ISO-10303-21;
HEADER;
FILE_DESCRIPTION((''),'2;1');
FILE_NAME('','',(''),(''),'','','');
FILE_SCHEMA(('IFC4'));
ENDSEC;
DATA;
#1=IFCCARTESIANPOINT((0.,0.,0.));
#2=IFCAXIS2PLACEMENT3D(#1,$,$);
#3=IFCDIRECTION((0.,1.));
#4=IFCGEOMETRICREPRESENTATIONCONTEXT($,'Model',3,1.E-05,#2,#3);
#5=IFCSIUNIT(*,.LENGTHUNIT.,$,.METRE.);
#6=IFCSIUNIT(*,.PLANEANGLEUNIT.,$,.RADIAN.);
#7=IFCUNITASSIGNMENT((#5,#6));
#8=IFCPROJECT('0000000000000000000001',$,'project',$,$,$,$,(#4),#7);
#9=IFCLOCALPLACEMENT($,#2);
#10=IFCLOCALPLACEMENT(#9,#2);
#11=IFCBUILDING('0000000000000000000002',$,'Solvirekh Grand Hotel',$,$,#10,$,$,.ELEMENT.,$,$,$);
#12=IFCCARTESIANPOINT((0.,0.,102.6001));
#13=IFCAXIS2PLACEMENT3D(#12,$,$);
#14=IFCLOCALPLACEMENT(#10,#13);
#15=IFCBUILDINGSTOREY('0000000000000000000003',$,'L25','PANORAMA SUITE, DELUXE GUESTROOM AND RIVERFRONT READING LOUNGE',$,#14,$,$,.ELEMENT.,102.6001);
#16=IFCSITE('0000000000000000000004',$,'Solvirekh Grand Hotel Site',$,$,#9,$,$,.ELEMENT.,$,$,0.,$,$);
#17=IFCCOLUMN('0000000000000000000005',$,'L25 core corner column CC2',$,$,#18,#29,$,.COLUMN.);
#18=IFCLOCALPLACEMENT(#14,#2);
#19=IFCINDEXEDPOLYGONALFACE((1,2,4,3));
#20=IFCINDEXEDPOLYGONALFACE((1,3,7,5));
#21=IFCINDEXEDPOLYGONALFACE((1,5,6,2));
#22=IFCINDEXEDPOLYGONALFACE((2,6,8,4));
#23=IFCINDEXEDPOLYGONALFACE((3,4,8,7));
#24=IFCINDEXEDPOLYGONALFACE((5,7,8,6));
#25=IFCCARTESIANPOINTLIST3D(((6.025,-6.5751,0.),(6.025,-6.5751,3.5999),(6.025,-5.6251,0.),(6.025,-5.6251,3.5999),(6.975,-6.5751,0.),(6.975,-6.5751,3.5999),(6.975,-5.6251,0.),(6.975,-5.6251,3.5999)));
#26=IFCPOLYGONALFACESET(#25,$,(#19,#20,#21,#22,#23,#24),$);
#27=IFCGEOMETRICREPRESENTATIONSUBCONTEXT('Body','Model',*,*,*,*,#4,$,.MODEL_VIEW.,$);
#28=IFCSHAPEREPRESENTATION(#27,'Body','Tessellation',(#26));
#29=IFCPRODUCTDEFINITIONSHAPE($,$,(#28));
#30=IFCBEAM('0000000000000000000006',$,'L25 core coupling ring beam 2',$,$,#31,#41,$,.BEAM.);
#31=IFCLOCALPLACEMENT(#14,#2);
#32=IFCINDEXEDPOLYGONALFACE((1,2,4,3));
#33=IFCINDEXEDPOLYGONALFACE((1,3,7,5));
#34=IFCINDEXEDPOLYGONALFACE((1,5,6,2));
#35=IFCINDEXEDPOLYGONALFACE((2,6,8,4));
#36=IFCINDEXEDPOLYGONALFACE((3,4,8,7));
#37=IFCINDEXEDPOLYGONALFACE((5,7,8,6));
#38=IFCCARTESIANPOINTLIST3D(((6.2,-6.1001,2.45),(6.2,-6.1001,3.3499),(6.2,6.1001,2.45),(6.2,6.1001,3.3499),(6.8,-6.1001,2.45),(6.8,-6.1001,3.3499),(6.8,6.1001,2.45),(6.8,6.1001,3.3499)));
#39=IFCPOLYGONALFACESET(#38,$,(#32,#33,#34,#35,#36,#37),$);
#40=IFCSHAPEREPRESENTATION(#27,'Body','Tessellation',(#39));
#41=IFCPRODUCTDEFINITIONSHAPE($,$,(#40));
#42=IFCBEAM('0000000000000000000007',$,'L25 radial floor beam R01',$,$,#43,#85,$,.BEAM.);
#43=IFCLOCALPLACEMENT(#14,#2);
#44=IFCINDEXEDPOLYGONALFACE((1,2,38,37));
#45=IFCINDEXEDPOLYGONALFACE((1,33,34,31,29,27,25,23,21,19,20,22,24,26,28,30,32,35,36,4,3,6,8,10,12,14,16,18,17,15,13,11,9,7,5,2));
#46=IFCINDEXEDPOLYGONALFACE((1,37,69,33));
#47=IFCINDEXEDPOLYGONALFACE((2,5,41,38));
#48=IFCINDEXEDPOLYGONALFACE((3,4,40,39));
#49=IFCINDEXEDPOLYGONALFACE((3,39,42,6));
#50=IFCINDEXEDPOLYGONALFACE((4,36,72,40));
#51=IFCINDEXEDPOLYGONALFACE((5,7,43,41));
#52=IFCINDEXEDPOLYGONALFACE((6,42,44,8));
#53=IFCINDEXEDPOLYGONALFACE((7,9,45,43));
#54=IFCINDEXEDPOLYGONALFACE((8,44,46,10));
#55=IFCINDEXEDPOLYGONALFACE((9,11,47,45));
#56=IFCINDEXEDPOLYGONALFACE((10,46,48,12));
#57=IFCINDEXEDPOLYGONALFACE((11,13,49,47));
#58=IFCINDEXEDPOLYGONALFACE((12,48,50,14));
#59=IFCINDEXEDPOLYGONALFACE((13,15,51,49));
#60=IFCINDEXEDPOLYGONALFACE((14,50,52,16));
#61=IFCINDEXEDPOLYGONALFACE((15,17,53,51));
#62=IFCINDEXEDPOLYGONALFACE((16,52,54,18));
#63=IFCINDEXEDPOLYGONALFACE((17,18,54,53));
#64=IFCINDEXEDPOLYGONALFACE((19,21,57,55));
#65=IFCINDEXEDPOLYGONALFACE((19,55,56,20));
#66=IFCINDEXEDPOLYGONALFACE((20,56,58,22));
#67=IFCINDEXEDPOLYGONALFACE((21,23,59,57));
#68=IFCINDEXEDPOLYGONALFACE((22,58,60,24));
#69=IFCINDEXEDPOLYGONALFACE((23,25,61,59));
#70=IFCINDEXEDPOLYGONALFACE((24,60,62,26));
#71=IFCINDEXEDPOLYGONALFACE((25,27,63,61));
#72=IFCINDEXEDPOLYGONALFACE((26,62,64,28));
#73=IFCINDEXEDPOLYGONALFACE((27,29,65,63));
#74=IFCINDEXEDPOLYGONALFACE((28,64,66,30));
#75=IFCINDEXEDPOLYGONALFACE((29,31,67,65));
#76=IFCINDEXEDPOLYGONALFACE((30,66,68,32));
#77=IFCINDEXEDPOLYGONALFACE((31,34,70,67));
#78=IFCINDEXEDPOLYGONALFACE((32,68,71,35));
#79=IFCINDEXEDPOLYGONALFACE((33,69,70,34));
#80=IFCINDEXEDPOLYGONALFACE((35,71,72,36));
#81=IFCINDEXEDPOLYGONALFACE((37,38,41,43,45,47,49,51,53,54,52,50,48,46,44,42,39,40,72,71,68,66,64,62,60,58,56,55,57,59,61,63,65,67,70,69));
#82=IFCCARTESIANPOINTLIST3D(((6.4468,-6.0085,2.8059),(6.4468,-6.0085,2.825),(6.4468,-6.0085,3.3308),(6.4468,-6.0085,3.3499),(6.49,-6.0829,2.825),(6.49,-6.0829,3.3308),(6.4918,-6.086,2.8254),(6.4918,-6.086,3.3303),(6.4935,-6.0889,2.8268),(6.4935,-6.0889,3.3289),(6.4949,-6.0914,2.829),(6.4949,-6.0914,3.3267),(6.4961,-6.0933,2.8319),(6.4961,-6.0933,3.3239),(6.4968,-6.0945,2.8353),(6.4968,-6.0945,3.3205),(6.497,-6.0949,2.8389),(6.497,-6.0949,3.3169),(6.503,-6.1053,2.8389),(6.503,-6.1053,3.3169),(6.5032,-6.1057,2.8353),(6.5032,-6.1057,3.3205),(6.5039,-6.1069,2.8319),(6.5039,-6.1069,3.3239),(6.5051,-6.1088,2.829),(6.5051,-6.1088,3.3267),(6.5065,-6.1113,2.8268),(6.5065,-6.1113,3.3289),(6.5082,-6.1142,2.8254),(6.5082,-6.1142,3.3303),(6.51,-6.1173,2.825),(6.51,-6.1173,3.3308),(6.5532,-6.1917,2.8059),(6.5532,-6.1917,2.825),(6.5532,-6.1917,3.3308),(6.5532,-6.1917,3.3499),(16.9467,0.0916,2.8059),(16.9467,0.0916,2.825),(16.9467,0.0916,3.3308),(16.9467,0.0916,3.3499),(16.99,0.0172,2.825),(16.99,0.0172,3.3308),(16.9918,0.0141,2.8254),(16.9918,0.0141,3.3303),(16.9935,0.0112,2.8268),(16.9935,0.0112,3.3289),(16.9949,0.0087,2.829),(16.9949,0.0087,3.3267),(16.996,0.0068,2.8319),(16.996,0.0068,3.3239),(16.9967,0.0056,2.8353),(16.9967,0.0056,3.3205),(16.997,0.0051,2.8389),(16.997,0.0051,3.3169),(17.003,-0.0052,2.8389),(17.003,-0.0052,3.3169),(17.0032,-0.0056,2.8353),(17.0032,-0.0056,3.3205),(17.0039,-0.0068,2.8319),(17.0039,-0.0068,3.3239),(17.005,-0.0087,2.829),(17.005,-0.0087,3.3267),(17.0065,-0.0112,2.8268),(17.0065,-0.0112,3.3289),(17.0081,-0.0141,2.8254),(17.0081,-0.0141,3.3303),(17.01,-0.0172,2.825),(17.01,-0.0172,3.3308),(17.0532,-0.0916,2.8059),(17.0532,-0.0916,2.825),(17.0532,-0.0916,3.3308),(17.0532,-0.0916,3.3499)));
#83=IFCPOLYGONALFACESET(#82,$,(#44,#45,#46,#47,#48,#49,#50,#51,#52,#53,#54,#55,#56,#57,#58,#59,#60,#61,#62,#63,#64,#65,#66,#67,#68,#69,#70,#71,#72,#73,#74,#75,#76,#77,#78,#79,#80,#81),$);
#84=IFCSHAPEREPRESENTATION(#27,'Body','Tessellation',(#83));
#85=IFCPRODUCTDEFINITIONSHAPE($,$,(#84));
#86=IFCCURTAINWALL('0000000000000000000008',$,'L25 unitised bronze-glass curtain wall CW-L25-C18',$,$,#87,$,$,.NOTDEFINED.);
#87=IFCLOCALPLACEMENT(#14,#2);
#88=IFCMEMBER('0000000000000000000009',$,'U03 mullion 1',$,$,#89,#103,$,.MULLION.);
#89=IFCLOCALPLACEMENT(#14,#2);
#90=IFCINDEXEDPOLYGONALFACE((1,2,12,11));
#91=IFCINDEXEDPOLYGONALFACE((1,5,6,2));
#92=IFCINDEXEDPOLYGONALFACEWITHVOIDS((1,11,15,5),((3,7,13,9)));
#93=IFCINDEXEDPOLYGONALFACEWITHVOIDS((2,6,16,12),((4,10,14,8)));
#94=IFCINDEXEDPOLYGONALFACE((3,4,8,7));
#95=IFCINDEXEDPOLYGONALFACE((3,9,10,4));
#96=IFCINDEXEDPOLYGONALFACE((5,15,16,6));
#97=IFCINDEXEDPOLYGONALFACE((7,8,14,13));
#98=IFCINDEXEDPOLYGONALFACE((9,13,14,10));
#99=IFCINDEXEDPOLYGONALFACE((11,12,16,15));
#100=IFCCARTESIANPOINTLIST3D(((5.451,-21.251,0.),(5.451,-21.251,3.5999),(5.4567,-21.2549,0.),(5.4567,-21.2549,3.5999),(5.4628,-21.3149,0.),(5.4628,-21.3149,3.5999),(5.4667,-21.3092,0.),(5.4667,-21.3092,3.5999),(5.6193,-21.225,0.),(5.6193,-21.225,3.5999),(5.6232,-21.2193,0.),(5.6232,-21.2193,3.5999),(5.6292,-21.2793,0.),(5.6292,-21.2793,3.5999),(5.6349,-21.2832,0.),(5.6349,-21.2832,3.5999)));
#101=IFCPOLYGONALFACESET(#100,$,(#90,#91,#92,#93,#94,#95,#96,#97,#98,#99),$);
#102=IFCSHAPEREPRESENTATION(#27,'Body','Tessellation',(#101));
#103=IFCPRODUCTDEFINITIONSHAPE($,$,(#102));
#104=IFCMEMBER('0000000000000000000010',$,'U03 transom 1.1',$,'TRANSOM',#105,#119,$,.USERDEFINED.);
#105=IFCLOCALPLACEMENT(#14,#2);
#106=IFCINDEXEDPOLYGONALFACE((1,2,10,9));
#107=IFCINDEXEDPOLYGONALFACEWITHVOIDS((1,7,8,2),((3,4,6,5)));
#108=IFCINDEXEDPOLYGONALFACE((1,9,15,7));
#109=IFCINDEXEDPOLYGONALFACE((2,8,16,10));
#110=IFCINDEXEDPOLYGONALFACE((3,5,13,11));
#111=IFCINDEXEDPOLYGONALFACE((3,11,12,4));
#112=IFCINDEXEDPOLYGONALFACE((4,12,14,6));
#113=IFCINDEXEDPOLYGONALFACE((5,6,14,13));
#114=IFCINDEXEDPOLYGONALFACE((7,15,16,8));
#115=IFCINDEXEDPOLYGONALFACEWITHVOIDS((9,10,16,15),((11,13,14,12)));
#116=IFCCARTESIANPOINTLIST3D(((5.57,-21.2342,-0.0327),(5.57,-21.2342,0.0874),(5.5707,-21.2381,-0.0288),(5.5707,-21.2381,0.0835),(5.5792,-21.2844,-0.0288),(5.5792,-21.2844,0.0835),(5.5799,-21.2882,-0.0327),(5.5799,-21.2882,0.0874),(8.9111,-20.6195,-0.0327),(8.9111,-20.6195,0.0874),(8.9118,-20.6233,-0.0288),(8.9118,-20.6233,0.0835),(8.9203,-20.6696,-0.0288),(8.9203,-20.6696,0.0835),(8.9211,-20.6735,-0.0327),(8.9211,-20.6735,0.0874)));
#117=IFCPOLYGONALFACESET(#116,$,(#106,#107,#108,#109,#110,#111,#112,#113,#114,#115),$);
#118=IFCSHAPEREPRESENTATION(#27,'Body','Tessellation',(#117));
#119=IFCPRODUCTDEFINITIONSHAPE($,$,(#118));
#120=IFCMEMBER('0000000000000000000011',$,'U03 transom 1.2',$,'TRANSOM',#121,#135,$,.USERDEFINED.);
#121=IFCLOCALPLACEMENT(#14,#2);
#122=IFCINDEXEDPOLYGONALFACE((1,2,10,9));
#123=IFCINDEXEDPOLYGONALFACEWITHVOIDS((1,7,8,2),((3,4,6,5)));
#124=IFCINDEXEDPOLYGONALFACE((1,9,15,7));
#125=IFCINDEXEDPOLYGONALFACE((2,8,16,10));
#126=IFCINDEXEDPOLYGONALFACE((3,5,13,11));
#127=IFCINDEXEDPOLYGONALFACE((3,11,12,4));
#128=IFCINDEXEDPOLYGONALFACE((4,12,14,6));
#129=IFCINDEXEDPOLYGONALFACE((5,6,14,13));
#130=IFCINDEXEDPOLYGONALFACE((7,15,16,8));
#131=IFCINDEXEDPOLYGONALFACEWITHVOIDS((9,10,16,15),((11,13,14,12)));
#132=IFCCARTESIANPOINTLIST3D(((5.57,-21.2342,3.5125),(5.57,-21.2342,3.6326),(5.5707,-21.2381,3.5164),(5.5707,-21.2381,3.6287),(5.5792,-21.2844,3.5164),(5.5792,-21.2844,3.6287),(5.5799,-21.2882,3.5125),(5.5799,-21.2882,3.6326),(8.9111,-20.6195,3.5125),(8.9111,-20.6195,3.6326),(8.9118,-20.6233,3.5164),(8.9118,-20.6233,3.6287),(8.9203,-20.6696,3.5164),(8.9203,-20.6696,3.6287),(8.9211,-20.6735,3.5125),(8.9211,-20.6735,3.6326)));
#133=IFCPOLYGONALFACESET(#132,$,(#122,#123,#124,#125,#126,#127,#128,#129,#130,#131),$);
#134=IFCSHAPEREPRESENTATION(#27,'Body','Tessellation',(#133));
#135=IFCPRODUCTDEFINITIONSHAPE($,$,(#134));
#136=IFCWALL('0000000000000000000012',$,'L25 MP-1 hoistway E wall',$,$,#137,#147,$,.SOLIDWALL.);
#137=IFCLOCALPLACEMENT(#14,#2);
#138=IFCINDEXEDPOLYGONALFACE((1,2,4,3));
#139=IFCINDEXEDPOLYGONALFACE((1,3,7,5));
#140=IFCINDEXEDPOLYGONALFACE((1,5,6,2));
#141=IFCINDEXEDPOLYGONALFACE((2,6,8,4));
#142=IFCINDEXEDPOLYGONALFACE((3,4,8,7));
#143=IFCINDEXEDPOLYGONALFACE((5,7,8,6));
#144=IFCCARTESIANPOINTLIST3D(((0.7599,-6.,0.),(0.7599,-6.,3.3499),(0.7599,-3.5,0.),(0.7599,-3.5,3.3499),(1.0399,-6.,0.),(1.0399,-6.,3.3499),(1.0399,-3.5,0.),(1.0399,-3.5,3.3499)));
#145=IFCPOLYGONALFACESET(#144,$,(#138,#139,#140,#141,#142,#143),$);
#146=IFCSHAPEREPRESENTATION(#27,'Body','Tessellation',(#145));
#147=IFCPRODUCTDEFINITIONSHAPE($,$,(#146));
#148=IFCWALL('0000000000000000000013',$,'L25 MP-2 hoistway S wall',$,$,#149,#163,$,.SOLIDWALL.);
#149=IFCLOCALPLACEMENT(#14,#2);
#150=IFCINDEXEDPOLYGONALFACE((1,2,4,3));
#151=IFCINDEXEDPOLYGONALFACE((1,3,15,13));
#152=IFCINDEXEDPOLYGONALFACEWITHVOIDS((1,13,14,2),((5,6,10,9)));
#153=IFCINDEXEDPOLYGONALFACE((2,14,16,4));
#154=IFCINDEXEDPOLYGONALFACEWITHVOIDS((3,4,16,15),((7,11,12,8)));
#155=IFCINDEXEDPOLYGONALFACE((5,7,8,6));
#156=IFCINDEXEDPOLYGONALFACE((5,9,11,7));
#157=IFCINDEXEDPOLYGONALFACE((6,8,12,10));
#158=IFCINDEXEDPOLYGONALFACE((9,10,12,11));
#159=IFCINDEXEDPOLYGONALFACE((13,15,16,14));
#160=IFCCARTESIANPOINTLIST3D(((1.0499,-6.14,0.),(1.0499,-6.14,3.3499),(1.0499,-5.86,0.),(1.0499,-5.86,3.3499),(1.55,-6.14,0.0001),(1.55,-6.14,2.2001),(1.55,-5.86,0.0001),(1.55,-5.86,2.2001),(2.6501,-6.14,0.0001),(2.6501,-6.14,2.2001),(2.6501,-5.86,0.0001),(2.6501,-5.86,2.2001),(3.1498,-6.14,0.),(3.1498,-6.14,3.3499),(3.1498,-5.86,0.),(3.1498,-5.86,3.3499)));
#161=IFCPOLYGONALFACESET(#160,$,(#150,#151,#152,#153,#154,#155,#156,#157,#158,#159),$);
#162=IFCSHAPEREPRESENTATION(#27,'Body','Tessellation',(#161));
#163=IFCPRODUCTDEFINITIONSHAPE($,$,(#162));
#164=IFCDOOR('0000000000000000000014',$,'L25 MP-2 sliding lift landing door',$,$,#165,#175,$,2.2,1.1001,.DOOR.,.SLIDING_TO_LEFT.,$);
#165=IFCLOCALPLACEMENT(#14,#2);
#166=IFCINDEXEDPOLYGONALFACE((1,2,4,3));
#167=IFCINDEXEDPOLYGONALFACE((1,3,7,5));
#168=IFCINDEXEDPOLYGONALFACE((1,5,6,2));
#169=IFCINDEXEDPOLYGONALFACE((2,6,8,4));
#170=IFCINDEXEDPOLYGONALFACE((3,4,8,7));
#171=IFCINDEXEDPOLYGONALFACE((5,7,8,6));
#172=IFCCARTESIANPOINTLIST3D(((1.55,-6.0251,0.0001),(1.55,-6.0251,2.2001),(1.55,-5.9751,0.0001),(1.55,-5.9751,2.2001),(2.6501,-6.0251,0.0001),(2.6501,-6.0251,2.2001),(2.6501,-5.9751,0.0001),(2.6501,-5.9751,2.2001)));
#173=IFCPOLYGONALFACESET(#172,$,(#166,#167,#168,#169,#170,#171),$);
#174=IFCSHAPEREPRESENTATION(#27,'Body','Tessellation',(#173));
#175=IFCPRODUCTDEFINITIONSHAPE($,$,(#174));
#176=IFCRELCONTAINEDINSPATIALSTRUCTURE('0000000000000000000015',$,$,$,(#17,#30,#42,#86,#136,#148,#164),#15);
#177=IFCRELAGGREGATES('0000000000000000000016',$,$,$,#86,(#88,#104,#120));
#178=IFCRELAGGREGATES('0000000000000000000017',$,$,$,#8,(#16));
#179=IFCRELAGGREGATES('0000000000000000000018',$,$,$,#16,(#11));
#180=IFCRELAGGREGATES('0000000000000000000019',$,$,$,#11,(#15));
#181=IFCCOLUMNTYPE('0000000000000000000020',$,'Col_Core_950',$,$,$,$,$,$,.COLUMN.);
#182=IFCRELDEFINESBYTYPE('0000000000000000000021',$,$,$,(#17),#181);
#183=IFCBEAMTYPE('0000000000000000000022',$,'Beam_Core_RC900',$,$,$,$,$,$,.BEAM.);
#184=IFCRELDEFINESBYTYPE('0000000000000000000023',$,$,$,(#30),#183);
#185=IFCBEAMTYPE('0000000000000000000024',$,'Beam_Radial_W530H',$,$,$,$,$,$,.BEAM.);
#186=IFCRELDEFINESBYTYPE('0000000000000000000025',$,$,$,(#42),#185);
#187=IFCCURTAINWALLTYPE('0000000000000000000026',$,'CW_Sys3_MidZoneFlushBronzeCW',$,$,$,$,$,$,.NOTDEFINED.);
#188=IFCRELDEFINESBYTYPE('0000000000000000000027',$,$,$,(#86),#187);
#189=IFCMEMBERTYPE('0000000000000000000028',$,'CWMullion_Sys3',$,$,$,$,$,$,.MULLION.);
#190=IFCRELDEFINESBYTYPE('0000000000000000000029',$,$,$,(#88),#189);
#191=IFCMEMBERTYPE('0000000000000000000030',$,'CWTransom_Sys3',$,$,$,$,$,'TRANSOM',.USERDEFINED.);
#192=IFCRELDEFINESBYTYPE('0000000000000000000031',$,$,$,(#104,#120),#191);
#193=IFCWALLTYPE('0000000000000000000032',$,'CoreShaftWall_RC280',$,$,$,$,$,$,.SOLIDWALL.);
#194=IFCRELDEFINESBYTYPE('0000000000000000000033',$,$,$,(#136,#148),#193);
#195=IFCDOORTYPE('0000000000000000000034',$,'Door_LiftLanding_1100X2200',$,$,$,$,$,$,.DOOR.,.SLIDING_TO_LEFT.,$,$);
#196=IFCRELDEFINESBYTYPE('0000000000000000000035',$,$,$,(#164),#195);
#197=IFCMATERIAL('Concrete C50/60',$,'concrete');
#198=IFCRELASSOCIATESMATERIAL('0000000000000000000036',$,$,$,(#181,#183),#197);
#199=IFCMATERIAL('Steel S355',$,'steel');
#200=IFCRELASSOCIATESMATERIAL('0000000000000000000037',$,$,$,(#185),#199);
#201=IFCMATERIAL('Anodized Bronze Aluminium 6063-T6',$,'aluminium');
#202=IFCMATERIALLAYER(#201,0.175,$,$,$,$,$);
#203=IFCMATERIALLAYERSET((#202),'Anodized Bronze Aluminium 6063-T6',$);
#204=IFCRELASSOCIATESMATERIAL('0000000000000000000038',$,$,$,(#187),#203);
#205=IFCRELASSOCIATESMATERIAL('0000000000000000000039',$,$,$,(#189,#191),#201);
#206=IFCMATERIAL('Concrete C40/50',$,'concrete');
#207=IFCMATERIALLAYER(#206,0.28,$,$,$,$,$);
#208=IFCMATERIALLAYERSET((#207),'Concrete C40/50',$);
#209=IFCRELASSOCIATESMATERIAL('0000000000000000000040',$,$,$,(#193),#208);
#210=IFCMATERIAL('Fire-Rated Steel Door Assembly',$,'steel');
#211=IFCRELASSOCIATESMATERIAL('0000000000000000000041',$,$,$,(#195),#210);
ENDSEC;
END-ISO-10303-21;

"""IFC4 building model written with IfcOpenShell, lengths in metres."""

from ifc_helpers import new_model, si_unit, direction, frame, frame_2d, origin, origin_2d, place, context, subcontext, project, spatial, rectangle, hollow_rectangle, i_section, extrude, source, transform, mapped, material, layer, layer_set, material_profile, profile_set, type_object, element, fill, aggregate, save


model = new_model("IFC4")

# Units and contexts
model_context = context("Model", 3, precision=1e-05, world=origin(), true_north=direction((0.0, 1.0)))
body_context = subcontext(model_context, "Body", "Model", "MODEL_VIEW")
ifc_project = project(units=[si_unit("LENGTHUNIT", "METRE"), si_unit("PLANEANGLEUNIT", "RADIAN")], contexts=[model_context])

# Site, building, storey
site_placement = place(None, origin())
site = spatial("IfcSite", under=ifc_project, at=site_placement, Name="Solvirekh Grand Hotel Site", CompositionType="ELEMENT", RefElevation=0.0)
building_placement = place(site_placement, origin())
building = spatial("IfcBuilding", under=site, at=building_placement, Name="Solvirekh Grand Hotel", CompositionType="ELEMENT")
storey_placement = place(building_placement, frame((0.0, 0.0, 102.6001)))
storey = spatial("IfcBuildingStorey", under=building, at=storey_placement, Name="L25", Description="PANORAMA SUITE, DELUXE GUESTROOM AND RIVERFRONT READING LOUNGE", CompositionType="ELEMENT", Elevation=102.6001)

# Column
ifc_material_1 = material(Name="Concrete C50/60", Category="concrete")
ifc_material_profile_1 = material_profile(ifc_material_1, rectangle(XDim=0.95, YDim=0.95, at=origin_2d()), Name="RC 950X950")
ifc_profile_set_1 = profile_set([ifc_material_profile_1], Name="Concrete C50/60")
column_type = type_object("IfcColumnType", Name="Col_Core_950", PredefinedType="COLUMN", material=ifc_profile_set_1)
column_placement = place(storey_placement, frame((6.5, -6.1001, 0.0), z_axis=(0.0, 0.0, 1.0), x_axis=(1.0, 0.0, 0.0)))
element("IfcColumn", 1, at=column_placement, inside=storey, type_object=column_type, Name="L25 core corner column CC2", PredefinedType="COLUMN", context=body_context, shape_type="SweptSolid", body=[
    extrude(rectangle(XDim=0.95, YDim=0.95, at=origin_2d()), origin(), (0.0, 0.0, 1.0), 3.5999),
])

# Beams
ifc_material_profile_2 = material_profile(ifc_material_1, rectangle(XDim=0.6001, YDim=0.8999, at=origin_2d()), Name="RC BEAM 600X900")
ifc_profile_set_2 = profile_set([ifc_material_profile_2], Name="Concrete C50/60")
beam_type_1 = type_object("IfcBeamType", Name="Beam_Core_RC900", PredefinedType="BEAM", material=ifc_profile_set_2)
beam_1_placement = place(storey_placement, frame((6.5, -6.1001, 2.8999), z_axis=(0.0, 1.0, 0.0), x_axis=(-1.0, 0.0, 0.0)))
element("IfcBeam", 2, at=beam_1_placement, inside=storey, type_object=beam_type_1, Name="L25 core coupling ring beam 2", PredefinedType="BEAM", context=body_context, shape_type="SweptSolid", body=[
    extrude(rectangle(XDim=0.6001, YDim=0.8999, at=origin_2d()), origin(), (0.0, 0.0, 1.0), 12.2002),
])
ifc_material_2 = material(Name="Steel S355", Category="steel")
ifc_material_profile_3 = material_profile(ifc_material_2, i_section(OverallWidth=0.2119, OverallDepth=0.5439, WebThickness=0.012, FlangeThickness=0.019, FilletRadius=0.0139, at=origin_2d()), Name="W530X123")
ifc_profile_set_3 = profile_set([ifc_material_profile_3], Name="Steel S355")
beam_type_2 = type_object("IfcBeamType", Name="Beam_Radial_W530H", PredefinedType="BEAM", material=ifc_profile_set_3)
beam_2_placement = place(storey_placement, frame((6.5, -6.1001, 3.0779), z_axis=(0.86467, 0.50234, 0.0), x_axis=(-0.50234, 0.86467, 0.0)))
element("IfcBeam", 3, at=beam_2_placement, inside=storey, type_object=beam_type_2, Name="L25 radial floor beam R01", PredefinedType="BEAM", context=body_context, shape_type="SweptSolid", body=[
    extrude(i_section(OverallWidth=0.2119, OverallDepth=0.5439, WebThickness=0.012, FlangeThickness=0.019, FilletRadius=0.0139, at=origin_2d()), origin(), (0.0, 0.0, 1.0), 12.1433),
])

# Curtain wall, members
ifc_material_3 = material(Name="Anodized Bronze Aluminium 6063-T6", Category="aluminium")
ifc_layer_1 = layer(ifc_material_3, 0.175)
ifc_layer_set_1 = layer_set([ifc_layer_1], Name="Anodized Bronze Aluminium 6063-T6")
curtain_wall_type = type_object("IfcCurtainWallType", Name="CW_Sys3_MidZoneFlushBronzeCW", PredefinedType="NOTDEFINED", material=ifc_layer_set_1)
curtain_wall_placement = place(storey_placement, origin())
curtain_wall = element("IfcCurtainWall", 4, at=curtain_wall_placement, inside=storey, type_object=curtain_wall_type, Name="L25 unitised bronze-glass curtain wall CW-L25-C18", PredefinedType="NOTDEFINED")
ifc_material_profile_4 = material_profile(ifc_material_3, hollow_rectangle(XDim=0.0649, YDim=0.175, WallThickness=0.0049, at=origin_2d()), Name="ALU RHS 175X65X5")
ifc_profile_set_4 = profile_set([ifc_material_profile_4], Name="Anodized Bronze Aluminium 6063-T6")
member_type_1 = type_object("IfcMemberType", Name="CWMullion_Sys3", PredefinedType="MULLION", material=ifc_profile_set_4)
shared_shape_1 = source(origin(), body_context, "Body", "SweptSolid", [
    extrude(hollow_rectangle(XDim=0.0649, YDim=0.175, WallThickness=0.0049, at=origin_2d()), origin(), (0.0, 0.0, 1.0), 3.5999),
])
member_1_placement = place(storey_placement, frame((5.543, -21.2671, 0.0), z_axis=(0.0, 0.0, 1.0), x_axis=(-0.180988, 0.983485, 0.0)))
member_1 = element("IfcMember", 5, at=member_1_placement, type_object=member_type_1, Name="U03 mullion 1", PredefinedType="MULLION", context=body_context, shape_type="MappedRepresentation", body=[
    mapped(shared_shape_1, transform((0.0, 0.0, 0.0), x_axis=(1.0, 0.0, 0.0), y_axis=(0.0, 1.0, 0.0), z_axis=(0.0, 0.0, 1.0), scale=1.0)),
])
ifc_material_profile_5 = material_profile(ifc_material_3, hollow_rectangle(XDim=0.0549, YDim=0.1201, WallThickness=0.0039, at=origin_2d()), Name="ALU RHS 120X55X4")
ifc_profile_set_5 = profile_set([ifc_material_profile_5], Name="Anodized Bronze Aluminium 6063-T6")
member_type_2 = type_object("IfcMemberType", Name="CWTransom_Sys3", ElementType="TRANSOM", PredefinedType="USERDEFINED", material=ifc_profile_set_5)
shared_shape_2 = source(origin(), body_context, "Body", "SweptSolid", [
    extrude(hollow_rectangle(XDim=0.0549, YDim=0.1201, WallThickness=0.0039, at=origin_2d()), origin(), (0.0, 0.0, 1.0), 3.3972),
])
member_2_placement = place(storey_placement, frame((5.575, -21.2612, 0.0273), z_axis=(0.983491, 0.180959, 0.0), x_axis=(-0.180959, 0.983491, 0.0)))
member_2 = element("IfcMember", 6, at=member_2_placement, type_object=member_type_2, Name="U03 transom 1.1", ObjectType="TRANSOM", PredefinedType="USERDEFINED", context=body_context, shape_type="MappedRepresentation", body=[
    mapped(shared_shape_2, transform((0.0, 0.0, 0.0), x_axis=(1.0, 0.0, 0.0), y_axis=(0.0, 1.0, 0.0), z_axis=(0.0, 0.0, 1.0), scale=1.0)),
])
member_3_placement = place(storey_placement, frame((5.575, -21.2612, 3.5725), z_axis=(0.983491, 0.180959, 0.0), x_axis=(-0.180959, 0.983491, 0.0)))
member_3 = element("IfcMember", 7, at=member_3_placement, type_object=member_type_2, Name="U03 transom 1.2", ObjectType="TRANSOM", PredefinedType="USERDEFINED", context=body_context, shape_type="MappedRepresentation", body=[
    mapped(shared_shape_2, transform((0.0, 0.0, 0.0), x_axis=(1.0, 0.0, 0.0), y_axis=(0.0, 1.0, 0.0), z_axis=(0.0, 0.0, 1.0), scale=1.0)),
])
aggregate(curtain_wall, [member_1, member_2, member_3])

# Wall
ifc_material_4 = material(Name="Concrete C40/50", Category="concrete")
ifc_layer_2 = layer(ifc_material_4, 0.28)
ifc_layer_set_2 = layer_set([ifc_layer_2], Name="Concrete C40/50")
wall_type_1 = type_object("IfcWallType", Name="CoreShaftWall_RC280", PredefinedType="SOLIDWALL", material=ifc_layer_set_2)
wall_1_placement = place(storey_placement, frame((0.8999, -6.0, 0.0), z_axis=(0.0, 0.0, 1.0), x_axis=(0.0, 1.0, 0.0)))
element("IfcWall", 8, at=wall_1_placement, inside=storey, type_object=wall_type_1, Name="L25 MP-1 hoistway E wall", PredefinedType="SOLIDWALL", context=body_context, shape_type="SweptSolid", body=[
    extrude(rectangle(XDim=2.5, YDim=0.28, at=frame_2d((1.25, 0.0))), origin(), (0.0, 0.0, 1.0), 3.3499),
])

# Wall, opening, door
wall_2_placement = place(storey_placement, frame((1.05, -6.0, 0.0), z_axis=(0.0, 0.0, 1.0), x_axis=(1.0, 0.0, 0.0)))
wall_2 = element("IfcWall", 9, at=wall_2_placement, inside=storey, type_object=wall_type_1, Name="L25 MP-2 hoistway S wall", PredefinedType="SOLIDWALL", context=body_context, shape_type="SweptSolid", body=[
    extrude(rectangle(XDim=2.0999, YDim=0.28, at=frame_2d((1.0498, 0.0))), origin(), (0.0, 0.0, 1.0), 3.3499),
])
opening_1_placement = place(wall_2_placement, frame((0.5, 0.0, 0.0)))
opening_1 = element("IfcOpeningElement", 10, at=opening_1_placement, cuts=wall_2, PredefinedType="OPENING", context=body_context, shape_type="SweptSolid", body=[
    extrude(rectangle(XDim=1.1001, YDim=2.2, at=frame_2d((0.55, 1.1001))), frame((0.0, 0.1499, 0.0), z_axis=(0.0, -1.0, 0.0), x_axis=(1.0, 0.0, 0.0)), (0.0, 0.0, 1.0), 0.3),
])
ifc_material_5 = material(Name="Fire-Rated Steel Door Assembly", Category="steel")
door_type_1 = type_object("IfcDoorType", Name="Door_LiftLanding_1100X2200", OperationType="SLIDING_TO_LEFT", PredefinedType="DOOR", material=ifc_material_5)
door_1_placement = place(opening_1_placement, origin())
door_1 = element("IfcDoor", 11, at=door_1_placement, inside=storey, type_object=door_type_1, Name="L25 MP-2 sliding lift landing door", OperationType="SLIDING_TO_LEFT", OverallHeight=2.2, OverallWidth=1.1001, PredefinedType="DOOR", context=body_context, shape_type="SweptSolid", body=[
    extrude(rectangle(XDim=1.1001, YDim=2.2, at=frame_2d((0.55, 1.1001))), frame((0.0, 0.0249, 0.0), z_axis=(0.0, -1.0, 0.0), x_axis=(1.0, 0.0, 0.0)), (0.0, 0.0, 1.0), 0.05),
])
fill(opening_1, door_1)

save(model, "model.ifc")
